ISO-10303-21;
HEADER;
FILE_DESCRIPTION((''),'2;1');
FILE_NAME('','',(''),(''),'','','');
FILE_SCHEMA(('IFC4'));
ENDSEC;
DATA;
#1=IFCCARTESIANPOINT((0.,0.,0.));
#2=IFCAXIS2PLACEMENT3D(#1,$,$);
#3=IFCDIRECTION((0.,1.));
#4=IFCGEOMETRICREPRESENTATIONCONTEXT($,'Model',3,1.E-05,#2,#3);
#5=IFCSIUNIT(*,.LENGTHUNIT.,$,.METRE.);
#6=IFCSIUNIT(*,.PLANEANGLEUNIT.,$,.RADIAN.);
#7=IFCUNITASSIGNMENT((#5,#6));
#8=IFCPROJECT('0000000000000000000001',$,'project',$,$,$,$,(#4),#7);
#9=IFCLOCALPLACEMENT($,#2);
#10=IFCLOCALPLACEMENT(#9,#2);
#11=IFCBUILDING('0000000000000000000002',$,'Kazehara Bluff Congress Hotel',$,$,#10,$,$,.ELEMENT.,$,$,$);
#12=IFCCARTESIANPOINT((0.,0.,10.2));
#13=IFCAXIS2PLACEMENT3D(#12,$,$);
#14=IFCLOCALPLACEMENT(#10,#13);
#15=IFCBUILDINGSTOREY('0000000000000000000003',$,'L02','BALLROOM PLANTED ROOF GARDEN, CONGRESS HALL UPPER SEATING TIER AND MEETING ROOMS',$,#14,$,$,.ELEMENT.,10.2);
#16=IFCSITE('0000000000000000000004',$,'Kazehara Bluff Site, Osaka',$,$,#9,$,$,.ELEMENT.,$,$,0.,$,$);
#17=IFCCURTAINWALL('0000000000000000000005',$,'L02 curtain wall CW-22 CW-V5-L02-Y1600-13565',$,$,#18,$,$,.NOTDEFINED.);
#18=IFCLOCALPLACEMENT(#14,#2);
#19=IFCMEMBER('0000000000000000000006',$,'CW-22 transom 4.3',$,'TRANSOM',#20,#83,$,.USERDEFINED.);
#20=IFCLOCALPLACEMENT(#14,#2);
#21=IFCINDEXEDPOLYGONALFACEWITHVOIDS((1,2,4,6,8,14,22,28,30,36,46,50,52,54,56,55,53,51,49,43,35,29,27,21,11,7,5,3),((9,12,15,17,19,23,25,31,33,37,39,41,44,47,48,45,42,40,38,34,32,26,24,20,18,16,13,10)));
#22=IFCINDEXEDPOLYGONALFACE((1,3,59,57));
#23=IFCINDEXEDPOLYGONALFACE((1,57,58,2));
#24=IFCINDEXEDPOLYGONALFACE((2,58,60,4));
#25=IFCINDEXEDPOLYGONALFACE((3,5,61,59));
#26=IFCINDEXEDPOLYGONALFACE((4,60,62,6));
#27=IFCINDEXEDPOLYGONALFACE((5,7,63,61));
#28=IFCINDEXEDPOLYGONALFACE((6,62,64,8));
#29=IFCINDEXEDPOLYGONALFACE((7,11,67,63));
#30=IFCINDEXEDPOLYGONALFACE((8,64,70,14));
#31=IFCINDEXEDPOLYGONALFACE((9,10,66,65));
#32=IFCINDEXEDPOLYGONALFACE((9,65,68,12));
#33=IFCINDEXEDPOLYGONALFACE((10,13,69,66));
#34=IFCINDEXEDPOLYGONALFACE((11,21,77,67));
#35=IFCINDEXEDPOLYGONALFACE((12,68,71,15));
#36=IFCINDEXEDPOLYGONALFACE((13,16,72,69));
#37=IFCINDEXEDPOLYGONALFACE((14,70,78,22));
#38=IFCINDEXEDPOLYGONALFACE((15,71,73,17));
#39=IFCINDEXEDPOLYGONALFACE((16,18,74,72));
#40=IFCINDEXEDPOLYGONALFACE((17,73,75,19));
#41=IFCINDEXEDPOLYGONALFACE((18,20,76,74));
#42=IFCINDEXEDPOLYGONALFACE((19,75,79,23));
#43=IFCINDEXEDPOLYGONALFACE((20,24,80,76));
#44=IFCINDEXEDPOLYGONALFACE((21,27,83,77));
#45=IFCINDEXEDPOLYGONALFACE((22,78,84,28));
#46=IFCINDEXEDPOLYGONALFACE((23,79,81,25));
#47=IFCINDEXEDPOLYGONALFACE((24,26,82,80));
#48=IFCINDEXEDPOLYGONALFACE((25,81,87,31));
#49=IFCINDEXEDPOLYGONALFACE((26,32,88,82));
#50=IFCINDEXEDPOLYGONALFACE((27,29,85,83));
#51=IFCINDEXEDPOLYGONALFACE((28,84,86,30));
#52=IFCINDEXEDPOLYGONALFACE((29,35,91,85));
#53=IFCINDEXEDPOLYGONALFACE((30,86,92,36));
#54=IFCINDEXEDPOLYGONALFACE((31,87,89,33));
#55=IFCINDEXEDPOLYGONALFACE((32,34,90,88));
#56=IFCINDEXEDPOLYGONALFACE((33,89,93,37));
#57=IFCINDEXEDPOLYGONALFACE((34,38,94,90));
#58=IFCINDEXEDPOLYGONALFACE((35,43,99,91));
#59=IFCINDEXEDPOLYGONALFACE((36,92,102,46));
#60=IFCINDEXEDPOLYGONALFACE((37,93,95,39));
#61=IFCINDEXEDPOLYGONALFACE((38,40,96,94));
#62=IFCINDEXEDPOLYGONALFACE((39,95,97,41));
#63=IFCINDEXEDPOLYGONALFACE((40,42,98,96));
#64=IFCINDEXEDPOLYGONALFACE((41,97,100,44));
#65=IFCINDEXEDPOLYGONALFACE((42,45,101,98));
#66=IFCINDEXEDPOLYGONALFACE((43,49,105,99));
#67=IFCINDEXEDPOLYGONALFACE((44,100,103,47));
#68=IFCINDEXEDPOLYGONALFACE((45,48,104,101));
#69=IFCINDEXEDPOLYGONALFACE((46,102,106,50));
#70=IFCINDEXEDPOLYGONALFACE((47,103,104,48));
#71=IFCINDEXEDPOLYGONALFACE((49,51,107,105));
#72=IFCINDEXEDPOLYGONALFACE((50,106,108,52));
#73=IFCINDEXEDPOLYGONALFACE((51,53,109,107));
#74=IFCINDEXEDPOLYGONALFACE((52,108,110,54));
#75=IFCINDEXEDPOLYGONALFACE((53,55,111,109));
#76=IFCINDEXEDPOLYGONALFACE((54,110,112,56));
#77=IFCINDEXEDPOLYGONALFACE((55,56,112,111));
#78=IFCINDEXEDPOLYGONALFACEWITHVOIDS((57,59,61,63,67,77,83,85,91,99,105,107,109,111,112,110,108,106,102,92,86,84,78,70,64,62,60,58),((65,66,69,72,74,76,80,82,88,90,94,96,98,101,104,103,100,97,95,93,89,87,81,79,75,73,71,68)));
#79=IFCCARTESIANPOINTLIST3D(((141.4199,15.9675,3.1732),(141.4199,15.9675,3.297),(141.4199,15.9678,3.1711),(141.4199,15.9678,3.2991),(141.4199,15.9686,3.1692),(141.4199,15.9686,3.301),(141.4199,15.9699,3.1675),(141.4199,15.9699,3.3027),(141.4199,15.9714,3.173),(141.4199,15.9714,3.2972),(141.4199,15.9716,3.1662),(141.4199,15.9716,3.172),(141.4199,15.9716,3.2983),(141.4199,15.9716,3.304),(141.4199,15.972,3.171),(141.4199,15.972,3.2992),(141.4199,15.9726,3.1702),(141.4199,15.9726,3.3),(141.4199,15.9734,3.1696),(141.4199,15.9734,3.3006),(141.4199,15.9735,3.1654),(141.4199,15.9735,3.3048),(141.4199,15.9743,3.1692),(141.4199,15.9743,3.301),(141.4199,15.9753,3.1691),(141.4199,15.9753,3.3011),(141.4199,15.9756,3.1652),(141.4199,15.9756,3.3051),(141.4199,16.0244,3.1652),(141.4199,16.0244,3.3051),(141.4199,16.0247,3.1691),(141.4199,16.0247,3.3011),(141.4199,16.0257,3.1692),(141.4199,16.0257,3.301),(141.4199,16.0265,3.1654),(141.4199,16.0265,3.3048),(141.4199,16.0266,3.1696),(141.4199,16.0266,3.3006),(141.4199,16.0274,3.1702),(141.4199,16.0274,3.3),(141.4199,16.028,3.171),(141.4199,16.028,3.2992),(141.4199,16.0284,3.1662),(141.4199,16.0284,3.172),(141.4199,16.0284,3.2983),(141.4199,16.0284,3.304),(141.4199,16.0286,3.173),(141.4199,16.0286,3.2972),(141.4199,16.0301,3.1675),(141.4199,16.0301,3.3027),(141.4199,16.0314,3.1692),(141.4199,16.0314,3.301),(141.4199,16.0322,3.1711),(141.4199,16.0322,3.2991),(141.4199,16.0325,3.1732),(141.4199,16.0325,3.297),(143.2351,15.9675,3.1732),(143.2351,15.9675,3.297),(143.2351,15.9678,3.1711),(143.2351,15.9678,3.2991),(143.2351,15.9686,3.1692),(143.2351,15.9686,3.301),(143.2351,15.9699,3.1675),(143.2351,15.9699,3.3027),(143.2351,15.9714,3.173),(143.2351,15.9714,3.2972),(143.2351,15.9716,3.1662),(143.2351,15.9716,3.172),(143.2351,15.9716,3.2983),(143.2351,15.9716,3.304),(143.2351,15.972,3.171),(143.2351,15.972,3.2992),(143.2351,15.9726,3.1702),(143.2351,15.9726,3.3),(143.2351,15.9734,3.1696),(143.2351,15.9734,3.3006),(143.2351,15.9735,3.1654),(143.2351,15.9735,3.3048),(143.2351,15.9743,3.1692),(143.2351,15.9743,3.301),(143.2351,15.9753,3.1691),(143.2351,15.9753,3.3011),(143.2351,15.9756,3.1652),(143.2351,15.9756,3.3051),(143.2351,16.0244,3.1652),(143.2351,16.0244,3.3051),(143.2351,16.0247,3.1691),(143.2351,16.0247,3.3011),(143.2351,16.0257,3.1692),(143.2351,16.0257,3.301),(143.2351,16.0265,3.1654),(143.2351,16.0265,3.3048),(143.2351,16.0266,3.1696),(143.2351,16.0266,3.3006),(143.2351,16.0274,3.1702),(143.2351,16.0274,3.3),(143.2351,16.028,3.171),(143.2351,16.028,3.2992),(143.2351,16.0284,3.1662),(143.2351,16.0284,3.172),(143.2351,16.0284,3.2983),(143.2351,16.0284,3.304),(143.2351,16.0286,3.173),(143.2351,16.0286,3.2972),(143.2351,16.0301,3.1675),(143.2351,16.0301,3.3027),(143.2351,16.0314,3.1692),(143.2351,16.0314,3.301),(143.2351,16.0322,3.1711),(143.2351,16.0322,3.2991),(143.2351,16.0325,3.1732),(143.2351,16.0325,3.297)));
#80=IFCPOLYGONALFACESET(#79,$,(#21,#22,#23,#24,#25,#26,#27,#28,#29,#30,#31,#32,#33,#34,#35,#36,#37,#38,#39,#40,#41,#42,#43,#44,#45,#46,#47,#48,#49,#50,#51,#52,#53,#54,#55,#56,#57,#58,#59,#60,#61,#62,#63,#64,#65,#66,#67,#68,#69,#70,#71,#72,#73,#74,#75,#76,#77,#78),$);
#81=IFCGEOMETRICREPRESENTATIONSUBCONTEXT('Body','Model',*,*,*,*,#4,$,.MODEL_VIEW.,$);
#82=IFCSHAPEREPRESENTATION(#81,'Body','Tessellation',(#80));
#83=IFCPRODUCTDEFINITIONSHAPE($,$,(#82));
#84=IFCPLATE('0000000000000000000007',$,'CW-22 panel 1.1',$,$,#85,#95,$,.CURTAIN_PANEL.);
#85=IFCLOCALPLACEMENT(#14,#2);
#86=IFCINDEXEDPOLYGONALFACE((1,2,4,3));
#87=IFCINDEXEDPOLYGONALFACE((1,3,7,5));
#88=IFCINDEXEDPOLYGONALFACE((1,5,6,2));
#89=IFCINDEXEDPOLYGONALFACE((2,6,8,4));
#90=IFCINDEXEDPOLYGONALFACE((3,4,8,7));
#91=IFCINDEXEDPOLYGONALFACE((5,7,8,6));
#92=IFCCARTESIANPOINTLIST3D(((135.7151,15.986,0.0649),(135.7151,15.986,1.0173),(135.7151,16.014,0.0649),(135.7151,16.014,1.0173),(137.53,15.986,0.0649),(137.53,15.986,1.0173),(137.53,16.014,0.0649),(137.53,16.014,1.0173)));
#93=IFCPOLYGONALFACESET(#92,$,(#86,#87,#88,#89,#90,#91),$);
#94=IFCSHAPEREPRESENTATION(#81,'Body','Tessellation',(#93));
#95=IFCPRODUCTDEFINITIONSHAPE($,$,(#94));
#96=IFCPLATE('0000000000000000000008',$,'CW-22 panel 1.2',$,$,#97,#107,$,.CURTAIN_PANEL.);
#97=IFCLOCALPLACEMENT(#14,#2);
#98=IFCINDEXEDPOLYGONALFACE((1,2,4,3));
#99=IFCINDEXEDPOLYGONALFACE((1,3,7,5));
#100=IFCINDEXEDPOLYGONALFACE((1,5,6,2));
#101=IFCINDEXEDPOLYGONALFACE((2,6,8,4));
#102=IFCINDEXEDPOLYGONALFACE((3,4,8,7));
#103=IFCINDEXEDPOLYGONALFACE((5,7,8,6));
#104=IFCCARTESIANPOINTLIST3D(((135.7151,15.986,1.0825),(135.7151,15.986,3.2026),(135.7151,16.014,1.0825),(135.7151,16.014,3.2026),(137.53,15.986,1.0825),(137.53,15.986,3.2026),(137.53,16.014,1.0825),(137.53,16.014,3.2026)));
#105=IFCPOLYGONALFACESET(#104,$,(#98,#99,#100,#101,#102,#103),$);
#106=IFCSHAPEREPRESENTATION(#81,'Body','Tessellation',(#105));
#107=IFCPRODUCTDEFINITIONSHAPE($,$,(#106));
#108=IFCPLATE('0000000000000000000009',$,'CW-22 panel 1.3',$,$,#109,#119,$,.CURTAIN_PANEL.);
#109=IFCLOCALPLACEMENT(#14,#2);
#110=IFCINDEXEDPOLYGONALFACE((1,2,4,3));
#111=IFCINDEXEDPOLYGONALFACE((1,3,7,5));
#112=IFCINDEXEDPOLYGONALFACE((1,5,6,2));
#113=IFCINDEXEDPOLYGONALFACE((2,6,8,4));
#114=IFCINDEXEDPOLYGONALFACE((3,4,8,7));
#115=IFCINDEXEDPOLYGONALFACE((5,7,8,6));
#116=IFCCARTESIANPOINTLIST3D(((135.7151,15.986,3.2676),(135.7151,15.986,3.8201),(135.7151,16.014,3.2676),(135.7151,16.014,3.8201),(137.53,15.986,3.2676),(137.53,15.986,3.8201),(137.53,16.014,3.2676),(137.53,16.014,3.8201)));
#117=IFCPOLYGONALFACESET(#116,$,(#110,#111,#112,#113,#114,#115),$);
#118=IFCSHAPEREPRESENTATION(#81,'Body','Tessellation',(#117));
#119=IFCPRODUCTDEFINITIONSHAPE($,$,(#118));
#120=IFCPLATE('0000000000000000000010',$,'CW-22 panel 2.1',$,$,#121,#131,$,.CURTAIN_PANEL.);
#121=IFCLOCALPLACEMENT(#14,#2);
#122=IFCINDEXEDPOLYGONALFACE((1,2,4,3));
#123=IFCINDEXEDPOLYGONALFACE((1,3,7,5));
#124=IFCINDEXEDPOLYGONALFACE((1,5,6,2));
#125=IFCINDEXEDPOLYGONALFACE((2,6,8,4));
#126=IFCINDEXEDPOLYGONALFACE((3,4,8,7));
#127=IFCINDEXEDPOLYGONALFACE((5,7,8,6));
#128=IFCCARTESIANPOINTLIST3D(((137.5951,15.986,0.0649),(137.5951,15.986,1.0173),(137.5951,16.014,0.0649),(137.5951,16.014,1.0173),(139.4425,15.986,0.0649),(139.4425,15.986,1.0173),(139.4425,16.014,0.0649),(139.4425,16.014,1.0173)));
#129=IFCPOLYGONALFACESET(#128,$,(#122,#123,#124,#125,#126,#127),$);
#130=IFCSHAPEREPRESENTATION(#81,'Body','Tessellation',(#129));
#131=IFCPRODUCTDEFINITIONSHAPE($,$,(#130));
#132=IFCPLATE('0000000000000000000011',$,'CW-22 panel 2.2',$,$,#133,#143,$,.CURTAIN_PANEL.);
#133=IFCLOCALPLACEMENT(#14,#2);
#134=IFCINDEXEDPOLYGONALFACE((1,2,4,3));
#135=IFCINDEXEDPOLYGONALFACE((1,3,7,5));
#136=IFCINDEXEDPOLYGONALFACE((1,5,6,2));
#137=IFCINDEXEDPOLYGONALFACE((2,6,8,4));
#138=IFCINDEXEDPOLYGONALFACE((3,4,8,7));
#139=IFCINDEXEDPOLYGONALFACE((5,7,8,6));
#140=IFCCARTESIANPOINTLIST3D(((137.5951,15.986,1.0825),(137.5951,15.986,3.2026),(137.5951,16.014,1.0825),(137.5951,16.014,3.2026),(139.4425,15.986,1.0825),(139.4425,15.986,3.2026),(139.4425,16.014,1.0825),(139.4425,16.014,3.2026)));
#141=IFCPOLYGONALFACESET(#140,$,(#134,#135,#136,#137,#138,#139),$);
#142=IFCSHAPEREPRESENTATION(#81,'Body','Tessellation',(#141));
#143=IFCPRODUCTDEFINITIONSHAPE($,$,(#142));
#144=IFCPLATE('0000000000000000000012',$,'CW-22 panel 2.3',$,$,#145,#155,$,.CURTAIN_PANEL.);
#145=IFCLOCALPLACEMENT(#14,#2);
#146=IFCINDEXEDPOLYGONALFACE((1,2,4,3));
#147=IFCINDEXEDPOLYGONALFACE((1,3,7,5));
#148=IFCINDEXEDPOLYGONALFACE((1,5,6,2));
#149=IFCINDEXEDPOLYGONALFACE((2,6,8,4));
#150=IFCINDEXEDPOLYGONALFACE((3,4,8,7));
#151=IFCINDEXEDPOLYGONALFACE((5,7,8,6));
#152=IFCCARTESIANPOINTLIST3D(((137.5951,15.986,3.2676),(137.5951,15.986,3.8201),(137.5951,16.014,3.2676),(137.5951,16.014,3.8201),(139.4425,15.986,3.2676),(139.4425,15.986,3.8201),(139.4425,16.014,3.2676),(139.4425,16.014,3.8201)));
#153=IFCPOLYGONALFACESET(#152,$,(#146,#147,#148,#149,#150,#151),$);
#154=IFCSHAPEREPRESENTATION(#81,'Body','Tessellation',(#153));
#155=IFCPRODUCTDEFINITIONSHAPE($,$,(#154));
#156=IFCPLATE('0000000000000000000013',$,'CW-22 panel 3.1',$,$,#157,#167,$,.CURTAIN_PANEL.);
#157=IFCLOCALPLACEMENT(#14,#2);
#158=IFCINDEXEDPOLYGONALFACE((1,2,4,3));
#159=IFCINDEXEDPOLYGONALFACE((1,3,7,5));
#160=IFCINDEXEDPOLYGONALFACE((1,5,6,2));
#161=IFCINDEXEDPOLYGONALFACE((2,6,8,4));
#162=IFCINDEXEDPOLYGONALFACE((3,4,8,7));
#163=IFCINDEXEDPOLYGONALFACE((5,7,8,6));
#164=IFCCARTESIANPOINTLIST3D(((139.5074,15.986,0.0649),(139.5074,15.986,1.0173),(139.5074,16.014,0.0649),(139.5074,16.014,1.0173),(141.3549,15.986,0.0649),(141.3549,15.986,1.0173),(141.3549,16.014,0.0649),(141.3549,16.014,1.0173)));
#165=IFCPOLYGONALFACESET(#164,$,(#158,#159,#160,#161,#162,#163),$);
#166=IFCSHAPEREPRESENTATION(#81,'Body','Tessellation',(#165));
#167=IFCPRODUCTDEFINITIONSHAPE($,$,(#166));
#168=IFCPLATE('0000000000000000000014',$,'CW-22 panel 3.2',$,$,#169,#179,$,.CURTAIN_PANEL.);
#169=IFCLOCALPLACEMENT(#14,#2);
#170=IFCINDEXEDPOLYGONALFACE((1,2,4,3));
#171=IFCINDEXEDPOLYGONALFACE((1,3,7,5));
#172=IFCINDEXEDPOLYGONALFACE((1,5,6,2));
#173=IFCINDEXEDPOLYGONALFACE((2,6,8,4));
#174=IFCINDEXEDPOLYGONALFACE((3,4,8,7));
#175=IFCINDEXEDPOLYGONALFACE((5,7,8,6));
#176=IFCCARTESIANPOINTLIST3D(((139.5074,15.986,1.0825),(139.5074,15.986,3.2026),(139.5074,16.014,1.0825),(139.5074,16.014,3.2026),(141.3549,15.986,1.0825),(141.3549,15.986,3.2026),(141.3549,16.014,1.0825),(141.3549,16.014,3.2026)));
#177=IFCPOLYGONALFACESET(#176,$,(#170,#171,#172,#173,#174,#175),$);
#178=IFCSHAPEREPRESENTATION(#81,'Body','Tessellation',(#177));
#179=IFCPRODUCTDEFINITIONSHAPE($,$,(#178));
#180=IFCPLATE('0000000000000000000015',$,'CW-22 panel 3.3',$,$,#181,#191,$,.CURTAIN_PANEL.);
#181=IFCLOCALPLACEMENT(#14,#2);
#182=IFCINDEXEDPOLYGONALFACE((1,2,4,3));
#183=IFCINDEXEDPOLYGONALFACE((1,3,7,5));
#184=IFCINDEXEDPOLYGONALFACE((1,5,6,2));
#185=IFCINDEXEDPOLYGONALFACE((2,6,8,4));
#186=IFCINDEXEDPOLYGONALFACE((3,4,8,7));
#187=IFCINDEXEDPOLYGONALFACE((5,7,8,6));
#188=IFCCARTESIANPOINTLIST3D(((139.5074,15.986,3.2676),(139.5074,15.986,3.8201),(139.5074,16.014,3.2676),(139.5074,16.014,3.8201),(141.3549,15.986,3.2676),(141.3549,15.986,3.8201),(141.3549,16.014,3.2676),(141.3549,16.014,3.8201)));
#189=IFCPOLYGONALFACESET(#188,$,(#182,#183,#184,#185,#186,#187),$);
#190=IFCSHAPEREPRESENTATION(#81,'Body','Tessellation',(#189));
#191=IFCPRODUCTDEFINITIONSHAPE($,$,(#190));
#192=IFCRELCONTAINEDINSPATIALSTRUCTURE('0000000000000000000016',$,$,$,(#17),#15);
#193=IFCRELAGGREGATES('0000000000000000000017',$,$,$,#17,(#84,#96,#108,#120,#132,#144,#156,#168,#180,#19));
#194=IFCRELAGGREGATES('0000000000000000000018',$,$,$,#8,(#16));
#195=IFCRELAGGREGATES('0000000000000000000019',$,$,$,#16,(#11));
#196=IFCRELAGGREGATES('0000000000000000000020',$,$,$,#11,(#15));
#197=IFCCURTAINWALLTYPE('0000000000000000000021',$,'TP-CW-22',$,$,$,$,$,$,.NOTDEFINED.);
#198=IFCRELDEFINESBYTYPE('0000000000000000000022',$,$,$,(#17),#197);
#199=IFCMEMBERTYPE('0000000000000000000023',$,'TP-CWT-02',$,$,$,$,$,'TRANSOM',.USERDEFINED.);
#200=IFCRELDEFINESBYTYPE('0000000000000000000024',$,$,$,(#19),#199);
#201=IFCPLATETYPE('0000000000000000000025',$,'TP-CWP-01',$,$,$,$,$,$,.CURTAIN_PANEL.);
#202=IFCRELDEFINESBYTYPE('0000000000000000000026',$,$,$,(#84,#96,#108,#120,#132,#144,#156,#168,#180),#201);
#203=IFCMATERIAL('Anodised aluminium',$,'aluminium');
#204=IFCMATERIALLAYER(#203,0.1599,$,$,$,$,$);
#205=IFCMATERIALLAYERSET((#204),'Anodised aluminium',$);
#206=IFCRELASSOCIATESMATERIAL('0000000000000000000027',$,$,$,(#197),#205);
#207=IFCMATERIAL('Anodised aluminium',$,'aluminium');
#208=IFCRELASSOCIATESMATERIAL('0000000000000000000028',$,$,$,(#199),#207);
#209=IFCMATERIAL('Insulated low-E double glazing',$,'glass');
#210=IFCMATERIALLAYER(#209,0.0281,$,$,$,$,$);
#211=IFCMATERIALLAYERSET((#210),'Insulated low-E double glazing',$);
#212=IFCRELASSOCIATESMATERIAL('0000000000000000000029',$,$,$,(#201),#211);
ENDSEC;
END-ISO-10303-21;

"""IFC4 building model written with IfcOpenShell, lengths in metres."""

from ifc_helpers import new_model, si_unit, direction, frame, origin, origin_2d, place, context, subcontext, project, spatial, rectangle, hollow_rectangle, extrude, material, layer, layer_set, material_profile, profile_set, type_object, element, aggregate, save


model = new_model("IFC4")

# Units and contexts
model_context = context("Model", 3, precision=1e-05, world=origin(), true_north=direction((0.0, 1.0)))
body_context = subcontext(model_context, "Body", "Model", "MODEL_VIEW")
ifc_project = project(units=[si_unit("LENGTHUNIT", "METRE"), si_unit("PLANEANGLEUNIT", "RADIAN")], contexts=[model_context])

# Site, building, storey
site_placement = place(None, origin())
site = spatial("IfcSite", under=ifc_project, at=site_placement, Name="Kazehara Bluff Site, Osaka", CompositionType="ELEMENT", RefElevation=0.0)
building_placement = place(site_placement, origin())
building = spatial("IfcBuilding", under=site, at=building_placement, Name="Kazehara Bluff Congress Hotel", CompositionType="ELEMENT")
storey_placement = place(building_placement, frame((0.0, 0.0, 10.2)))
storey = spatial("IfcBuildingStorey", under=building, at=storey_placement, Name="L02", Description="BALLROOM PLANTED ROOF GARDEN, CONGRESS HALL UPPER SEATING TIER AND MEETING ROOMS", CompositionType="ELEMENT", Elevation=10.2)

# Curtain wall, member, plates
ifc_material_1 = material(Name="Anodised aluminium", Category="aluminium")
ifc_layer_1 = layer(ifc_material_1, 0.1599)
ifc_layer_set_1 = layer_set([ifc_layer_1], Name="Anodised aluminium")
curtain_wall_type = type_object("IfcCurtainWallType", Name="TP-CW-22", PredefinedType="NOTDEFINED", material=ifc_layer_set_1)
curtain_wall_placement = place(storey_placement, origin())
curtain_wall = element("IfcCurtainWall", 1, at=curtain_wall_placement, inside=storey, type_object=curtain_wall_type, Name="L02 curtain wall CW-22 CW-V5-L02-Y1600-13565", PredefinedType="NOTDEFINED")
ifc_material_2 = material(Name="Anodised aluminium", Category="aluminium")
ifc_material_profile_1 = material_profile(ifc_material_2, hollow_rectangle(XDim=0.0649, YDim=0.1399, WallThickness=0.0039, InnerFilletRadius=0.0039, OuterFilletRadius=0.0081, at=origin_2d()))
ifc_profile_set_1 = profile_set([ifc_material_profile_1], Name="Anodised aluminium")
member_type_1 = type_object("IfcMemberType", Name="TP-CWT-02", ElementType="TRANSOM", PredefinedType="USERDEFINED", material=ifc_profile_set_1)
member_1_placement = place(storey_placement, frame((141.4199, 16.0, 3.2351), z_axis=(1.0, 0.0, 0.0), x_axis=(0.0, 1.0, 0.0)))
member_1 = element("IfcMember", 2, at=member_1_placement, type_object=member_type_1, Name="CW-22 transom 4.3", ObjectType="TRANSOM", PredefinedType="USERDEFINED", context=body_context, shape_type="SweptSolid", body=[
    extrude(hollow_rectangle(XDim=0.0649, YDim=0.1399, WallThickness=0.0039, InnerFilletRadius=0.0039, OuterFilletRadius=0.0081, at=origin_2d()), origin(), (0.0, 0.0, 1.0), 1.8152),
])
ifc_material_3 = material(Name="Insulated low-E double glazing", Category="glass")
ifc_layer_2 = layer(ifc_material_3, 0.0281)
ifc_layer_set_2 = layer_set([ifc_layer_2], Name="Insulated low-E double glazing")
plate_type = type_object("IfcPlateType", Name="TP-CWP-01", PredefinedType="CURTAIN_PANEL", material=ifc_layer_set_2)
plate_1_placement = place(storey_placement, frame((136.6226, 16.0, 0.0649), z_axis=(0.0, 0.0, 1.0), x_axis=(1.0, 0.0, 0.0)))
plate_1 = element("IfcPlate", 3, at=plate_1_placement, type_object=plate_type, Name="CW-22 panel 1.1", PredefinedType="CURTAIN_PANEL", context=body_context, shape_type="SweptSolid", body=[
    extrude(rectangle(XDim=1.8149, YDim=0.0281, at=origin_2d()), origin(), (0.0, 0.0, 1.0), 0.9524),
])
plate_2_placement = place(storey_placement, frame((136.6226, 16.0, 1.0825), z_axis=(0.0, 0.0, 1.0), x_axis=(1.0, 0.0, 0.0)))
plate_2 = element("IfcPlate", 4, at=plate_2_placement, type_object=plate_type, Name="CW-22 panel 1.2", PredefinedType="CURTAIN_PANEL", context=body_context, shape_type="SweptSolid", body=[
    extrude(rectangle(XDim=1.8149, YDim=0.0281, at=origin_2d()), origin(), (0.0, 0.0, 1.0), 2.1201),
])
plate_3_placement = place(storey_placement, frame((136.6226, 16.0, 3.2676), z_axis=(0.0, 0.0, 1.0), x_axis=(1.0, 0.0, 0.0)))
plate_3 = element("IfcPlate", 5, at=plate_3_placement, type_object=plate_type, Name="CW-22 panel 1.3", PredefinedType="CURTAIN_PANEL", context=body_context, shape_type="SweptSolid", body=[
    extrude(rectangle(XDim=1.8149, YDim=0.0281, at=origin_2d()), origin(), (0.0, 0.0, 1.0), 0.5525),
])
plate_4_placement = place(storey_placement, frame((138.5188, 16.0, 0.0649), z_axis=(0.0, 0.0, 1.0), x_axis=(1.0, 0.0, 0.0)))
plate_4 = element("IfcPlate", 6, at=plate_4_placement, type_object=plate_type, Name="CW-22 panel 2.1", PredefinedType="CURTAIN_PANEL", context=body_context, shape_type="SweptSolid", body=[
    extrude(rectangle(XDim=1.8474, YDim=0.0281, at=origin_2d()), origin(), (0.0, 0.0, 1.0), 0.9524),
])
plate_5_placement = place(storey_placement, frame((138.5188, 16.0, 1.0825), z_axis=(0.0, 0.0, 1.0), x_axis=(1.0, 0.0, 0.0)))
plate_5 = element("IfcPlate", 7, at=plate_5_placement, type_object=plate_type, Name="CW-22 panel 2.2", PredefinedType="CURTAIN_PANEL", context=body_context, shape_type="SweptSolid", body=[
    extrude(rectangle(XDim=1.8474, YDim=0.0281, at=origin_2d()), origin(), (0.0, 0.0, 1.0), 2.1201),
])
plate_6_placement = place(storey_placement, frame((138.5188, 16.0, 3.2676), z_axis=(0.0, 0.0, 1.0), x_axis=(1.0, 0.0, 0.0)))
plate_6 = element("IfcPlate", 8, at=plate_6_placement, type_object=plate_type, Name="CW-22 panel 2.3", PredefinedType="CURTAIN_PANEL", context=body_context, shape_type="SweptSolid", body=[
    extrude(rectangle(XDim=1.8474, YDim=0.0281, at=origin_2d()), origin(), (0.0, 0.0, 1.0), 0.5525),
])
plate_7_placement = place(storey_placement, frame((140.4312, 16.0, 0.0649), z_axis=(0.0, 0.0, 1.0), x_axis=(1.0, 0.0, 0.0)))
plate_7 = element("IfcPlate", 9, at=plate_7_placement, type_object=plate_type, Name="CW-22 panel 3.1", PredefinedType="CURTAIN_PANEL", context=body_context, shape_type="SweptSolid", body=[
    extrude(rectangle(XDim=1.8474, YDim=0.0281, at=origin_2d()), origin(), (0.0, 0.0, 1.0), 0.9524),
])
plate_8_placement = place(storey_placement, frame((140.4312, 16.0, 1.0825), z_axis=(0.0, 0.0, 1.0), x_axis=(1.0, 0.0, 0.0)))
plate_8 = element("IfcPlate", 10, at=plate_8_placement, type_object=plate_type, Name="CW-22 panel 3.2", PredefinedType="CURTAIN_PANEL", context=body_context, shape_type="SweptSolid", body=[
    extrude(rectangle(XDim=1.8474, YDim=0.0281, at=origin_2d()), origin(), (0.0, 0.0, 1.0), 2.1201),
])
plate_9_placement = place(storey_placement, frame((140.4312, 16.0, 3.2676), z_axis=(0.0, 0.0, 1.0), x_axis=(1.0, 0.0, 0.0)))
plate_9 = element("IfcPlate", 11, at=plate_9_placement, type_object=plate_type, Name="CW-22 panel 3.3", PredefinedType="CURTAIN_PANEL", context=body_context, shape_type="SweptSolid", body=[
    extrude(rectangle(XDim=1.8474, YDim=0.0281, at=origin_2d()), origin(), (0.0, 0.0, 1.0), 0.5525),
])
aggregate(curtain_wall, [plate_1, plate_2, plate_3, plate_4, plate_5, plate_6, plate_7, plate_8, plate_9, member_1])

save(model, "model.ifc")
